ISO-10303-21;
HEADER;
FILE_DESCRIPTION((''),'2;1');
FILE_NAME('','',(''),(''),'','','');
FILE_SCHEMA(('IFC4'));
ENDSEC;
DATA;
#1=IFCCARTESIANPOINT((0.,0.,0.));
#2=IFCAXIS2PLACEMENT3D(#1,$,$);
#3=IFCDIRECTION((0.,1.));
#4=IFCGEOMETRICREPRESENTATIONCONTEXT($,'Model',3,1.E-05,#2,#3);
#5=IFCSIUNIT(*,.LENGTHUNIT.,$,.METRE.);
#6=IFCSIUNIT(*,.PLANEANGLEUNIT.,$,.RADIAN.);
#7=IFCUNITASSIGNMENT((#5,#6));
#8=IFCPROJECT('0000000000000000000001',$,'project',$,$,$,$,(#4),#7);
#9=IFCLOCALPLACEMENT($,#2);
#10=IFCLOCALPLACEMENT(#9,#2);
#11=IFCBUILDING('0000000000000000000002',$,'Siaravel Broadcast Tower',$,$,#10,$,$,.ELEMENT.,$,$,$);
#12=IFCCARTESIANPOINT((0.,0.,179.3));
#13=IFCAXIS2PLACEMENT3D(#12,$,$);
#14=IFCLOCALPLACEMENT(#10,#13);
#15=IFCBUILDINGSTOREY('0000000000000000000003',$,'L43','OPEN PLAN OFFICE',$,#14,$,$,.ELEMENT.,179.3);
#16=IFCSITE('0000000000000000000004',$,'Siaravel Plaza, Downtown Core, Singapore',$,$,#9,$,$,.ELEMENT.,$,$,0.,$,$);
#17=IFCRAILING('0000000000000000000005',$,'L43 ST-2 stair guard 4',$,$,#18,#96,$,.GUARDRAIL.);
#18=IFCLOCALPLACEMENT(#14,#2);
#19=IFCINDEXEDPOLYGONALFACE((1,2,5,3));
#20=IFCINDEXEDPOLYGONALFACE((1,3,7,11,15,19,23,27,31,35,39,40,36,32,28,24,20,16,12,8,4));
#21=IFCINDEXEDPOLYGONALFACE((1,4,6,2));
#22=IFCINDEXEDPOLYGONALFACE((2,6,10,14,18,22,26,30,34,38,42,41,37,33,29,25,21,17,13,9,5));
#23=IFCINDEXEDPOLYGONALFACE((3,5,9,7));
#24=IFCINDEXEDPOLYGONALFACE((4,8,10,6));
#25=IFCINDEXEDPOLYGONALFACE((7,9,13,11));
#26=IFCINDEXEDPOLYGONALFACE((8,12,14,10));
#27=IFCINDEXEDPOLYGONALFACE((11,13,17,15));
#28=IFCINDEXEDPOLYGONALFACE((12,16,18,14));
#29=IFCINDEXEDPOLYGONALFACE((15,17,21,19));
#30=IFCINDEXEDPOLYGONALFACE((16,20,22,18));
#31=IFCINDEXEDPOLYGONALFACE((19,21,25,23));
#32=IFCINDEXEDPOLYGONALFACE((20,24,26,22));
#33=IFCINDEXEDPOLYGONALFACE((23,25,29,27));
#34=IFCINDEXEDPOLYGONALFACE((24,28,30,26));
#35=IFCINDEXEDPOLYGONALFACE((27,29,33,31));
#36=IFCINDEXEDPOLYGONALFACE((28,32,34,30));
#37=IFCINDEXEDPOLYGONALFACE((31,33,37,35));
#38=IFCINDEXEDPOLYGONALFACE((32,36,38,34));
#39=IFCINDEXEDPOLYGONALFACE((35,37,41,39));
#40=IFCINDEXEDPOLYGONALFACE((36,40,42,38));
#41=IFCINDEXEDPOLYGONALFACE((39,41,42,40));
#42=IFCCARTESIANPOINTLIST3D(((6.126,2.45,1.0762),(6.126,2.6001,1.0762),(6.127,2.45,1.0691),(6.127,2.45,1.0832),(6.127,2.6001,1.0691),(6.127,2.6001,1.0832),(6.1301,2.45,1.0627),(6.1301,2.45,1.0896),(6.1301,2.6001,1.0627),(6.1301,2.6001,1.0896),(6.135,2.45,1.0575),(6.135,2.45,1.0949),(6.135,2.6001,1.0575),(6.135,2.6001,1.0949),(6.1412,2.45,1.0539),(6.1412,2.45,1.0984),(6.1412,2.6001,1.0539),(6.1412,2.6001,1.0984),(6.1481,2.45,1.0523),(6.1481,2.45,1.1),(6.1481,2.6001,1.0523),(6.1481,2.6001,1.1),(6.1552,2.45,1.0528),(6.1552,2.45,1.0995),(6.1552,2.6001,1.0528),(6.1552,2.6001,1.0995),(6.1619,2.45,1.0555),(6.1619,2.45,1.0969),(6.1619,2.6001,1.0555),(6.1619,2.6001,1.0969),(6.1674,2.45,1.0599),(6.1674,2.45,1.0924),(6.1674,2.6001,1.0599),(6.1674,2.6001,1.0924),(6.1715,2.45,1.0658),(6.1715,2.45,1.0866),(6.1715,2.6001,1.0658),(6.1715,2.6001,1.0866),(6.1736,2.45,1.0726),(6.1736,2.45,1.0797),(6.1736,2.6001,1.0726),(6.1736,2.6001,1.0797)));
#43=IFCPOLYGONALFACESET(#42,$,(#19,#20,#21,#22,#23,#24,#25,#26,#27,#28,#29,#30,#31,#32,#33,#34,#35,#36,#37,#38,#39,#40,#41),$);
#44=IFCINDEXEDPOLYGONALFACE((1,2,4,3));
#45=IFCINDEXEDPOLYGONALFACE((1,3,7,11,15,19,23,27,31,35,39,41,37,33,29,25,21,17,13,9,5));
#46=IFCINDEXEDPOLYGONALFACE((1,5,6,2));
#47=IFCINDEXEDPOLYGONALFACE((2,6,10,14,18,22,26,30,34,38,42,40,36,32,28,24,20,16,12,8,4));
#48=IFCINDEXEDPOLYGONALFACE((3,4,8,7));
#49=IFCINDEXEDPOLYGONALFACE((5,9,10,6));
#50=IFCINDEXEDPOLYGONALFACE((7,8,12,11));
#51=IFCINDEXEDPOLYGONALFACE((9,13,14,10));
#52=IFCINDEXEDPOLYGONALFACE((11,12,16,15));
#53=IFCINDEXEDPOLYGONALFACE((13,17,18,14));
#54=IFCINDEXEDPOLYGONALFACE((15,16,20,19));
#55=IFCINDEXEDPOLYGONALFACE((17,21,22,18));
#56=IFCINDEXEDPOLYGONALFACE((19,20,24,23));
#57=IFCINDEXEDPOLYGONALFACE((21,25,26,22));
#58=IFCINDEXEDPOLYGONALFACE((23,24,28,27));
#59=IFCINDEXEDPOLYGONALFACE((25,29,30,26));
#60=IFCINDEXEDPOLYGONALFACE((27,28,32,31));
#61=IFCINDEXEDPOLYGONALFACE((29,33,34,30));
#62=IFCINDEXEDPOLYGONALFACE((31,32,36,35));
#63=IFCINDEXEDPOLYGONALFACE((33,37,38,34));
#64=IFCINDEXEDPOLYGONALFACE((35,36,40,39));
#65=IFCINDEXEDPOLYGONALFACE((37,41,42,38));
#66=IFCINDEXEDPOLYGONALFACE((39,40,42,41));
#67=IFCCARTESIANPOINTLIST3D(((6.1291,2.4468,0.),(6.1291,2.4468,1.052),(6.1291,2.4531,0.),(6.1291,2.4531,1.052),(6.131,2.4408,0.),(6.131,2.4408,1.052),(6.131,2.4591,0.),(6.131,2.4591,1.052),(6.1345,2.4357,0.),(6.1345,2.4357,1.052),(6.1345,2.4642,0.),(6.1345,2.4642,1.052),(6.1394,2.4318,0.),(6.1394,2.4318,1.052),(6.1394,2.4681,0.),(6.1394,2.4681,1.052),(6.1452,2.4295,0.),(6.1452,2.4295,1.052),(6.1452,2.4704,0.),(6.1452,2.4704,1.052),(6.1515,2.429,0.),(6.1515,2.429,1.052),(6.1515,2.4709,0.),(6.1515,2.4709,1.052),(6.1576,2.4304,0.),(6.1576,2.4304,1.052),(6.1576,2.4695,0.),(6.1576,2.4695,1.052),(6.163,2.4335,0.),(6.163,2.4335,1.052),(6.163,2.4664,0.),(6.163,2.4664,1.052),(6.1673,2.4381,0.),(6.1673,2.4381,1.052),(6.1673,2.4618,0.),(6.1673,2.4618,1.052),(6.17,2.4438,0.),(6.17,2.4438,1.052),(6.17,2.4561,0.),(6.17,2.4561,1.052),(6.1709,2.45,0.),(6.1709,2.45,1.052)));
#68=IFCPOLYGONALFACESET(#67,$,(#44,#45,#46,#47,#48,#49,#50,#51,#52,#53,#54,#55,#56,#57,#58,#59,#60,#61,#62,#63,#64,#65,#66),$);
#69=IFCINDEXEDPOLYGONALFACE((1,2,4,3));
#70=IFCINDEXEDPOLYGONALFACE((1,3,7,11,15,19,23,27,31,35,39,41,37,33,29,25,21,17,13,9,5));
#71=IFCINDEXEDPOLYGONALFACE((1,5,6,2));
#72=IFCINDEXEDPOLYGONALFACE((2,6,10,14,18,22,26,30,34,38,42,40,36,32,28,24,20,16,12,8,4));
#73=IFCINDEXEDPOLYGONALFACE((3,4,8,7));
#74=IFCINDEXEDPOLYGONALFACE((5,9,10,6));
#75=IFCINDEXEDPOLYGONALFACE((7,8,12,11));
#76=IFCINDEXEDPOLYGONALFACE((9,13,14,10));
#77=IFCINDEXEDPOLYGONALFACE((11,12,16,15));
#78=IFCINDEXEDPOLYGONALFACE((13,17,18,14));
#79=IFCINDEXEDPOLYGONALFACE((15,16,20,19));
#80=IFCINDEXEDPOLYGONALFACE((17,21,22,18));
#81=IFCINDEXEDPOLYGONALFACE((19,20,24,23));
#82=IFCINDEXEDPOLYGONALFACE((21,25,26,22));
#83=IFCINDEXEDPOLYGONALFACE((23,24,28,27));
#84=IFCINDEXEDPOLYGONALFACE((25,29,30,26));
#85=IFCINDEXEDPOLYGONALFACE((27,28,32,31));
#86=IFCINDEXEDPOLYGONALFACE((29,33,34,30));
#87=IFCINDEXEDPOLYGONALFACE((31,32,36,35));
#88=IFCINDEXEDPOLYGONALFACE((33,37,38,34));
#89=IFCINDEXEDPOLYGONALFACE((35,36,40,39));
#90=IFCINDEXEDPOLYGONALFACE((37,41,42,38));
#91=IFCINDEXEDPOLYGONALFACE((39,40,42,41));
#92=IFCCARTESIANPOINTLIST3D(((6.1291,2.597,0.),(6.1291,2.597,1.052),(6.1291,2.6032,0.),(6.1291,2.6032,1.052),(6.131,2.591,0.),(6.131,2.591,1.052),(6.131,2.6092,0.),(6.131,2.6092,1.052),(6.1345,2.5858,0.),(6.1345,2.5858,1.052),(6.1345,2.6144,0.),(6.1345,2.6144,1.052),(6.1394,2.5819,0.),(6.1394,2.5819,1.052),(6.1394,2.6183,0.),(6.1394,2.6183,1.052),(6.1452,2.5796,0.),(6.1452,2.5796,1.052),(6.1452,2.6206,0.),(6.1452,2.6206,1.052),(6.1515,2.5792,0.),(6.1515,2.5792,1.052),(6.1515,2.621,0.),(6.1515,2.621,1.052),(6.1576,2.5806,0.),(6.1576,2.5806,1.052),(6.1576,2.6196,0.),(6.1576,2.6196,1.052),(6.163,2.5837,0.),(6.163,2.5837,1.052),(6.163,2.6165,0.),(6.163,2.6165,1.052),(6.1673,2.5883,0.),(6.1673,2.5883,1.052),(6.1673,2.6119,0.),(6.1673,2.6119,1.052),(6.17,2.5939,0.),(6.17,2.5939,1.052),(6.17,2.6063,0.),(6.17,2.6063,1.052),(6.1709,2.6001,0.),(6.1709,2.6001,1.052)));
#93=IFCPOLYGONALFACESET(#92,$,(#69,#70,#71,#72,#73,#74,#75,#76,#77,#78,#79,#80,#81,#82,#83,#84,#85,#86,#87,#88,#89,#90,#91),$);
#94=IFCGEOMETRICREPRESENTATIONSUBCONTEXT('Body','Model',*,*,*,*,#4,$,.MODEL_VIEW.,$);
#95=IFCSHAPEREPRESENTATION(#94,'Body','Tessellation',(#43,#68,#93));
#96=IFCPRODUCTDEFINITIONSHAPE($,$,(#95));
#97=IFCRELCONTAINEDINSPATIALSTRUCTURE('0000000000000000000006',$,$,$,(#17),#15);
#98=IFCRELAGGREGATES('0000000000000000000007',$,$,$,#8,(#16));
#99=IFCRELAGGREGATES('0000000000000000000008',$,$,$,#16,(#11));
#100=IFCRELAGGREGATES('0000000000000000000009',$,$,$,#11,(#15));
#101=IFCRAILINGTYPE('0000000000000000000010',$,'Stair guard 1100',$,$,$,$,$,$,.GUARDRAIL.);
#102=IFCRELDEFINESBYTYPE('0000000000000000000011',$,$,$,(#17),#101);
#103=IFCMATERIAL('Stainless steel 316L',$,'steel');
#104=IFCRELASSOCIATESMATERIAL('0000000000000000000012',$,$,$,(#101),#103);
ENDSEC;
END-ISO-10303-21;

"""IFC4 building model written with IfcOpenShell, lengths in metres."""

from ifc_helpers import new_model, si_unit, direction, frame, origin, origin_2d, place, context, subcontext, project, spatial, circle, extrude, material, type_object, element, save


model = new_model("IFC4")

# Units and contexts
model_context = context("Model", 3, precision=1e-05, world=origin(), true_north=direction((0.0, 1.0)))
body_context = subcontext(model_context, "Body", "Model", "MODEL_VIEW")
ifc_project = project(units=[si_unit("LENGTHUNIT", "METRE"), si_unit("PLANEANGLEUNIT", "RADIAN")], contexts=[model_context])

# Site, building, storey
site_placement = place(None, origin())
site = spatial("IfcSite", under=ifc_project, at=site_placement, Name="Siaravel Plaza, Downtown Core, Singapore", CompositionType="ELEMENT", RefElevation=0.0)
building_placement = place(site_placement, origin())
building = spatial("IfcBuilding", under=site, at=building_placement, Name="Siaravel Broadcast Tower", CompositionType="ELEMENT")
storey_placement = place(building_placement, frame((0.0, 0.0, 179.3)))
storey = spatial("IfcBuildingStorey", under=building, at=storey_placement, Name="L43", Description="OPEN PLAN OFFICE", CompositionType="ELEMENT", Elevation=179.3)

# Railing
ifc_material_1 = material(Name="Stainless steel 316L", Category="steel")
railing_type_1 = type_object("IfcRailingType", Name="Stair guard 1100", PredefinedType="GUARDRAIL", material=ifc_material_1)
railing_1_placement = place(storey_placement, frame((6.1499, 2.45, 0.0)))
element("IfcRailing", 1, at=railing_1_placement, inside=storey, type_object=railing_type_1, Name="L43 ST-2 stair guard 4", PredefinedType="GUARDRAIL", context=body_context, shape_type="SweptSolid", body=[
    extrude(circle(Radius=0.0239, at=origin_2d()), frame((0.0, 0.0, 1.0762), z_axis=(0.0, 1.0, 0.0), x_axis=(-1.0, 0.0, 0.0)), (0.0, 0.0, 1.0), 0.1501),
    extrude(circle(Radius=0.021, at=origin_2d()), origin(), (0.0, 0.0, 1.0), 1.052),
    extrude(circle(Radius=0.021, at=origin_2d()), frame((0.0, 0.1501, 0.0)), (0.0, 0.0, 1.0), 1.052),
])

save(model, "model.ifc")
